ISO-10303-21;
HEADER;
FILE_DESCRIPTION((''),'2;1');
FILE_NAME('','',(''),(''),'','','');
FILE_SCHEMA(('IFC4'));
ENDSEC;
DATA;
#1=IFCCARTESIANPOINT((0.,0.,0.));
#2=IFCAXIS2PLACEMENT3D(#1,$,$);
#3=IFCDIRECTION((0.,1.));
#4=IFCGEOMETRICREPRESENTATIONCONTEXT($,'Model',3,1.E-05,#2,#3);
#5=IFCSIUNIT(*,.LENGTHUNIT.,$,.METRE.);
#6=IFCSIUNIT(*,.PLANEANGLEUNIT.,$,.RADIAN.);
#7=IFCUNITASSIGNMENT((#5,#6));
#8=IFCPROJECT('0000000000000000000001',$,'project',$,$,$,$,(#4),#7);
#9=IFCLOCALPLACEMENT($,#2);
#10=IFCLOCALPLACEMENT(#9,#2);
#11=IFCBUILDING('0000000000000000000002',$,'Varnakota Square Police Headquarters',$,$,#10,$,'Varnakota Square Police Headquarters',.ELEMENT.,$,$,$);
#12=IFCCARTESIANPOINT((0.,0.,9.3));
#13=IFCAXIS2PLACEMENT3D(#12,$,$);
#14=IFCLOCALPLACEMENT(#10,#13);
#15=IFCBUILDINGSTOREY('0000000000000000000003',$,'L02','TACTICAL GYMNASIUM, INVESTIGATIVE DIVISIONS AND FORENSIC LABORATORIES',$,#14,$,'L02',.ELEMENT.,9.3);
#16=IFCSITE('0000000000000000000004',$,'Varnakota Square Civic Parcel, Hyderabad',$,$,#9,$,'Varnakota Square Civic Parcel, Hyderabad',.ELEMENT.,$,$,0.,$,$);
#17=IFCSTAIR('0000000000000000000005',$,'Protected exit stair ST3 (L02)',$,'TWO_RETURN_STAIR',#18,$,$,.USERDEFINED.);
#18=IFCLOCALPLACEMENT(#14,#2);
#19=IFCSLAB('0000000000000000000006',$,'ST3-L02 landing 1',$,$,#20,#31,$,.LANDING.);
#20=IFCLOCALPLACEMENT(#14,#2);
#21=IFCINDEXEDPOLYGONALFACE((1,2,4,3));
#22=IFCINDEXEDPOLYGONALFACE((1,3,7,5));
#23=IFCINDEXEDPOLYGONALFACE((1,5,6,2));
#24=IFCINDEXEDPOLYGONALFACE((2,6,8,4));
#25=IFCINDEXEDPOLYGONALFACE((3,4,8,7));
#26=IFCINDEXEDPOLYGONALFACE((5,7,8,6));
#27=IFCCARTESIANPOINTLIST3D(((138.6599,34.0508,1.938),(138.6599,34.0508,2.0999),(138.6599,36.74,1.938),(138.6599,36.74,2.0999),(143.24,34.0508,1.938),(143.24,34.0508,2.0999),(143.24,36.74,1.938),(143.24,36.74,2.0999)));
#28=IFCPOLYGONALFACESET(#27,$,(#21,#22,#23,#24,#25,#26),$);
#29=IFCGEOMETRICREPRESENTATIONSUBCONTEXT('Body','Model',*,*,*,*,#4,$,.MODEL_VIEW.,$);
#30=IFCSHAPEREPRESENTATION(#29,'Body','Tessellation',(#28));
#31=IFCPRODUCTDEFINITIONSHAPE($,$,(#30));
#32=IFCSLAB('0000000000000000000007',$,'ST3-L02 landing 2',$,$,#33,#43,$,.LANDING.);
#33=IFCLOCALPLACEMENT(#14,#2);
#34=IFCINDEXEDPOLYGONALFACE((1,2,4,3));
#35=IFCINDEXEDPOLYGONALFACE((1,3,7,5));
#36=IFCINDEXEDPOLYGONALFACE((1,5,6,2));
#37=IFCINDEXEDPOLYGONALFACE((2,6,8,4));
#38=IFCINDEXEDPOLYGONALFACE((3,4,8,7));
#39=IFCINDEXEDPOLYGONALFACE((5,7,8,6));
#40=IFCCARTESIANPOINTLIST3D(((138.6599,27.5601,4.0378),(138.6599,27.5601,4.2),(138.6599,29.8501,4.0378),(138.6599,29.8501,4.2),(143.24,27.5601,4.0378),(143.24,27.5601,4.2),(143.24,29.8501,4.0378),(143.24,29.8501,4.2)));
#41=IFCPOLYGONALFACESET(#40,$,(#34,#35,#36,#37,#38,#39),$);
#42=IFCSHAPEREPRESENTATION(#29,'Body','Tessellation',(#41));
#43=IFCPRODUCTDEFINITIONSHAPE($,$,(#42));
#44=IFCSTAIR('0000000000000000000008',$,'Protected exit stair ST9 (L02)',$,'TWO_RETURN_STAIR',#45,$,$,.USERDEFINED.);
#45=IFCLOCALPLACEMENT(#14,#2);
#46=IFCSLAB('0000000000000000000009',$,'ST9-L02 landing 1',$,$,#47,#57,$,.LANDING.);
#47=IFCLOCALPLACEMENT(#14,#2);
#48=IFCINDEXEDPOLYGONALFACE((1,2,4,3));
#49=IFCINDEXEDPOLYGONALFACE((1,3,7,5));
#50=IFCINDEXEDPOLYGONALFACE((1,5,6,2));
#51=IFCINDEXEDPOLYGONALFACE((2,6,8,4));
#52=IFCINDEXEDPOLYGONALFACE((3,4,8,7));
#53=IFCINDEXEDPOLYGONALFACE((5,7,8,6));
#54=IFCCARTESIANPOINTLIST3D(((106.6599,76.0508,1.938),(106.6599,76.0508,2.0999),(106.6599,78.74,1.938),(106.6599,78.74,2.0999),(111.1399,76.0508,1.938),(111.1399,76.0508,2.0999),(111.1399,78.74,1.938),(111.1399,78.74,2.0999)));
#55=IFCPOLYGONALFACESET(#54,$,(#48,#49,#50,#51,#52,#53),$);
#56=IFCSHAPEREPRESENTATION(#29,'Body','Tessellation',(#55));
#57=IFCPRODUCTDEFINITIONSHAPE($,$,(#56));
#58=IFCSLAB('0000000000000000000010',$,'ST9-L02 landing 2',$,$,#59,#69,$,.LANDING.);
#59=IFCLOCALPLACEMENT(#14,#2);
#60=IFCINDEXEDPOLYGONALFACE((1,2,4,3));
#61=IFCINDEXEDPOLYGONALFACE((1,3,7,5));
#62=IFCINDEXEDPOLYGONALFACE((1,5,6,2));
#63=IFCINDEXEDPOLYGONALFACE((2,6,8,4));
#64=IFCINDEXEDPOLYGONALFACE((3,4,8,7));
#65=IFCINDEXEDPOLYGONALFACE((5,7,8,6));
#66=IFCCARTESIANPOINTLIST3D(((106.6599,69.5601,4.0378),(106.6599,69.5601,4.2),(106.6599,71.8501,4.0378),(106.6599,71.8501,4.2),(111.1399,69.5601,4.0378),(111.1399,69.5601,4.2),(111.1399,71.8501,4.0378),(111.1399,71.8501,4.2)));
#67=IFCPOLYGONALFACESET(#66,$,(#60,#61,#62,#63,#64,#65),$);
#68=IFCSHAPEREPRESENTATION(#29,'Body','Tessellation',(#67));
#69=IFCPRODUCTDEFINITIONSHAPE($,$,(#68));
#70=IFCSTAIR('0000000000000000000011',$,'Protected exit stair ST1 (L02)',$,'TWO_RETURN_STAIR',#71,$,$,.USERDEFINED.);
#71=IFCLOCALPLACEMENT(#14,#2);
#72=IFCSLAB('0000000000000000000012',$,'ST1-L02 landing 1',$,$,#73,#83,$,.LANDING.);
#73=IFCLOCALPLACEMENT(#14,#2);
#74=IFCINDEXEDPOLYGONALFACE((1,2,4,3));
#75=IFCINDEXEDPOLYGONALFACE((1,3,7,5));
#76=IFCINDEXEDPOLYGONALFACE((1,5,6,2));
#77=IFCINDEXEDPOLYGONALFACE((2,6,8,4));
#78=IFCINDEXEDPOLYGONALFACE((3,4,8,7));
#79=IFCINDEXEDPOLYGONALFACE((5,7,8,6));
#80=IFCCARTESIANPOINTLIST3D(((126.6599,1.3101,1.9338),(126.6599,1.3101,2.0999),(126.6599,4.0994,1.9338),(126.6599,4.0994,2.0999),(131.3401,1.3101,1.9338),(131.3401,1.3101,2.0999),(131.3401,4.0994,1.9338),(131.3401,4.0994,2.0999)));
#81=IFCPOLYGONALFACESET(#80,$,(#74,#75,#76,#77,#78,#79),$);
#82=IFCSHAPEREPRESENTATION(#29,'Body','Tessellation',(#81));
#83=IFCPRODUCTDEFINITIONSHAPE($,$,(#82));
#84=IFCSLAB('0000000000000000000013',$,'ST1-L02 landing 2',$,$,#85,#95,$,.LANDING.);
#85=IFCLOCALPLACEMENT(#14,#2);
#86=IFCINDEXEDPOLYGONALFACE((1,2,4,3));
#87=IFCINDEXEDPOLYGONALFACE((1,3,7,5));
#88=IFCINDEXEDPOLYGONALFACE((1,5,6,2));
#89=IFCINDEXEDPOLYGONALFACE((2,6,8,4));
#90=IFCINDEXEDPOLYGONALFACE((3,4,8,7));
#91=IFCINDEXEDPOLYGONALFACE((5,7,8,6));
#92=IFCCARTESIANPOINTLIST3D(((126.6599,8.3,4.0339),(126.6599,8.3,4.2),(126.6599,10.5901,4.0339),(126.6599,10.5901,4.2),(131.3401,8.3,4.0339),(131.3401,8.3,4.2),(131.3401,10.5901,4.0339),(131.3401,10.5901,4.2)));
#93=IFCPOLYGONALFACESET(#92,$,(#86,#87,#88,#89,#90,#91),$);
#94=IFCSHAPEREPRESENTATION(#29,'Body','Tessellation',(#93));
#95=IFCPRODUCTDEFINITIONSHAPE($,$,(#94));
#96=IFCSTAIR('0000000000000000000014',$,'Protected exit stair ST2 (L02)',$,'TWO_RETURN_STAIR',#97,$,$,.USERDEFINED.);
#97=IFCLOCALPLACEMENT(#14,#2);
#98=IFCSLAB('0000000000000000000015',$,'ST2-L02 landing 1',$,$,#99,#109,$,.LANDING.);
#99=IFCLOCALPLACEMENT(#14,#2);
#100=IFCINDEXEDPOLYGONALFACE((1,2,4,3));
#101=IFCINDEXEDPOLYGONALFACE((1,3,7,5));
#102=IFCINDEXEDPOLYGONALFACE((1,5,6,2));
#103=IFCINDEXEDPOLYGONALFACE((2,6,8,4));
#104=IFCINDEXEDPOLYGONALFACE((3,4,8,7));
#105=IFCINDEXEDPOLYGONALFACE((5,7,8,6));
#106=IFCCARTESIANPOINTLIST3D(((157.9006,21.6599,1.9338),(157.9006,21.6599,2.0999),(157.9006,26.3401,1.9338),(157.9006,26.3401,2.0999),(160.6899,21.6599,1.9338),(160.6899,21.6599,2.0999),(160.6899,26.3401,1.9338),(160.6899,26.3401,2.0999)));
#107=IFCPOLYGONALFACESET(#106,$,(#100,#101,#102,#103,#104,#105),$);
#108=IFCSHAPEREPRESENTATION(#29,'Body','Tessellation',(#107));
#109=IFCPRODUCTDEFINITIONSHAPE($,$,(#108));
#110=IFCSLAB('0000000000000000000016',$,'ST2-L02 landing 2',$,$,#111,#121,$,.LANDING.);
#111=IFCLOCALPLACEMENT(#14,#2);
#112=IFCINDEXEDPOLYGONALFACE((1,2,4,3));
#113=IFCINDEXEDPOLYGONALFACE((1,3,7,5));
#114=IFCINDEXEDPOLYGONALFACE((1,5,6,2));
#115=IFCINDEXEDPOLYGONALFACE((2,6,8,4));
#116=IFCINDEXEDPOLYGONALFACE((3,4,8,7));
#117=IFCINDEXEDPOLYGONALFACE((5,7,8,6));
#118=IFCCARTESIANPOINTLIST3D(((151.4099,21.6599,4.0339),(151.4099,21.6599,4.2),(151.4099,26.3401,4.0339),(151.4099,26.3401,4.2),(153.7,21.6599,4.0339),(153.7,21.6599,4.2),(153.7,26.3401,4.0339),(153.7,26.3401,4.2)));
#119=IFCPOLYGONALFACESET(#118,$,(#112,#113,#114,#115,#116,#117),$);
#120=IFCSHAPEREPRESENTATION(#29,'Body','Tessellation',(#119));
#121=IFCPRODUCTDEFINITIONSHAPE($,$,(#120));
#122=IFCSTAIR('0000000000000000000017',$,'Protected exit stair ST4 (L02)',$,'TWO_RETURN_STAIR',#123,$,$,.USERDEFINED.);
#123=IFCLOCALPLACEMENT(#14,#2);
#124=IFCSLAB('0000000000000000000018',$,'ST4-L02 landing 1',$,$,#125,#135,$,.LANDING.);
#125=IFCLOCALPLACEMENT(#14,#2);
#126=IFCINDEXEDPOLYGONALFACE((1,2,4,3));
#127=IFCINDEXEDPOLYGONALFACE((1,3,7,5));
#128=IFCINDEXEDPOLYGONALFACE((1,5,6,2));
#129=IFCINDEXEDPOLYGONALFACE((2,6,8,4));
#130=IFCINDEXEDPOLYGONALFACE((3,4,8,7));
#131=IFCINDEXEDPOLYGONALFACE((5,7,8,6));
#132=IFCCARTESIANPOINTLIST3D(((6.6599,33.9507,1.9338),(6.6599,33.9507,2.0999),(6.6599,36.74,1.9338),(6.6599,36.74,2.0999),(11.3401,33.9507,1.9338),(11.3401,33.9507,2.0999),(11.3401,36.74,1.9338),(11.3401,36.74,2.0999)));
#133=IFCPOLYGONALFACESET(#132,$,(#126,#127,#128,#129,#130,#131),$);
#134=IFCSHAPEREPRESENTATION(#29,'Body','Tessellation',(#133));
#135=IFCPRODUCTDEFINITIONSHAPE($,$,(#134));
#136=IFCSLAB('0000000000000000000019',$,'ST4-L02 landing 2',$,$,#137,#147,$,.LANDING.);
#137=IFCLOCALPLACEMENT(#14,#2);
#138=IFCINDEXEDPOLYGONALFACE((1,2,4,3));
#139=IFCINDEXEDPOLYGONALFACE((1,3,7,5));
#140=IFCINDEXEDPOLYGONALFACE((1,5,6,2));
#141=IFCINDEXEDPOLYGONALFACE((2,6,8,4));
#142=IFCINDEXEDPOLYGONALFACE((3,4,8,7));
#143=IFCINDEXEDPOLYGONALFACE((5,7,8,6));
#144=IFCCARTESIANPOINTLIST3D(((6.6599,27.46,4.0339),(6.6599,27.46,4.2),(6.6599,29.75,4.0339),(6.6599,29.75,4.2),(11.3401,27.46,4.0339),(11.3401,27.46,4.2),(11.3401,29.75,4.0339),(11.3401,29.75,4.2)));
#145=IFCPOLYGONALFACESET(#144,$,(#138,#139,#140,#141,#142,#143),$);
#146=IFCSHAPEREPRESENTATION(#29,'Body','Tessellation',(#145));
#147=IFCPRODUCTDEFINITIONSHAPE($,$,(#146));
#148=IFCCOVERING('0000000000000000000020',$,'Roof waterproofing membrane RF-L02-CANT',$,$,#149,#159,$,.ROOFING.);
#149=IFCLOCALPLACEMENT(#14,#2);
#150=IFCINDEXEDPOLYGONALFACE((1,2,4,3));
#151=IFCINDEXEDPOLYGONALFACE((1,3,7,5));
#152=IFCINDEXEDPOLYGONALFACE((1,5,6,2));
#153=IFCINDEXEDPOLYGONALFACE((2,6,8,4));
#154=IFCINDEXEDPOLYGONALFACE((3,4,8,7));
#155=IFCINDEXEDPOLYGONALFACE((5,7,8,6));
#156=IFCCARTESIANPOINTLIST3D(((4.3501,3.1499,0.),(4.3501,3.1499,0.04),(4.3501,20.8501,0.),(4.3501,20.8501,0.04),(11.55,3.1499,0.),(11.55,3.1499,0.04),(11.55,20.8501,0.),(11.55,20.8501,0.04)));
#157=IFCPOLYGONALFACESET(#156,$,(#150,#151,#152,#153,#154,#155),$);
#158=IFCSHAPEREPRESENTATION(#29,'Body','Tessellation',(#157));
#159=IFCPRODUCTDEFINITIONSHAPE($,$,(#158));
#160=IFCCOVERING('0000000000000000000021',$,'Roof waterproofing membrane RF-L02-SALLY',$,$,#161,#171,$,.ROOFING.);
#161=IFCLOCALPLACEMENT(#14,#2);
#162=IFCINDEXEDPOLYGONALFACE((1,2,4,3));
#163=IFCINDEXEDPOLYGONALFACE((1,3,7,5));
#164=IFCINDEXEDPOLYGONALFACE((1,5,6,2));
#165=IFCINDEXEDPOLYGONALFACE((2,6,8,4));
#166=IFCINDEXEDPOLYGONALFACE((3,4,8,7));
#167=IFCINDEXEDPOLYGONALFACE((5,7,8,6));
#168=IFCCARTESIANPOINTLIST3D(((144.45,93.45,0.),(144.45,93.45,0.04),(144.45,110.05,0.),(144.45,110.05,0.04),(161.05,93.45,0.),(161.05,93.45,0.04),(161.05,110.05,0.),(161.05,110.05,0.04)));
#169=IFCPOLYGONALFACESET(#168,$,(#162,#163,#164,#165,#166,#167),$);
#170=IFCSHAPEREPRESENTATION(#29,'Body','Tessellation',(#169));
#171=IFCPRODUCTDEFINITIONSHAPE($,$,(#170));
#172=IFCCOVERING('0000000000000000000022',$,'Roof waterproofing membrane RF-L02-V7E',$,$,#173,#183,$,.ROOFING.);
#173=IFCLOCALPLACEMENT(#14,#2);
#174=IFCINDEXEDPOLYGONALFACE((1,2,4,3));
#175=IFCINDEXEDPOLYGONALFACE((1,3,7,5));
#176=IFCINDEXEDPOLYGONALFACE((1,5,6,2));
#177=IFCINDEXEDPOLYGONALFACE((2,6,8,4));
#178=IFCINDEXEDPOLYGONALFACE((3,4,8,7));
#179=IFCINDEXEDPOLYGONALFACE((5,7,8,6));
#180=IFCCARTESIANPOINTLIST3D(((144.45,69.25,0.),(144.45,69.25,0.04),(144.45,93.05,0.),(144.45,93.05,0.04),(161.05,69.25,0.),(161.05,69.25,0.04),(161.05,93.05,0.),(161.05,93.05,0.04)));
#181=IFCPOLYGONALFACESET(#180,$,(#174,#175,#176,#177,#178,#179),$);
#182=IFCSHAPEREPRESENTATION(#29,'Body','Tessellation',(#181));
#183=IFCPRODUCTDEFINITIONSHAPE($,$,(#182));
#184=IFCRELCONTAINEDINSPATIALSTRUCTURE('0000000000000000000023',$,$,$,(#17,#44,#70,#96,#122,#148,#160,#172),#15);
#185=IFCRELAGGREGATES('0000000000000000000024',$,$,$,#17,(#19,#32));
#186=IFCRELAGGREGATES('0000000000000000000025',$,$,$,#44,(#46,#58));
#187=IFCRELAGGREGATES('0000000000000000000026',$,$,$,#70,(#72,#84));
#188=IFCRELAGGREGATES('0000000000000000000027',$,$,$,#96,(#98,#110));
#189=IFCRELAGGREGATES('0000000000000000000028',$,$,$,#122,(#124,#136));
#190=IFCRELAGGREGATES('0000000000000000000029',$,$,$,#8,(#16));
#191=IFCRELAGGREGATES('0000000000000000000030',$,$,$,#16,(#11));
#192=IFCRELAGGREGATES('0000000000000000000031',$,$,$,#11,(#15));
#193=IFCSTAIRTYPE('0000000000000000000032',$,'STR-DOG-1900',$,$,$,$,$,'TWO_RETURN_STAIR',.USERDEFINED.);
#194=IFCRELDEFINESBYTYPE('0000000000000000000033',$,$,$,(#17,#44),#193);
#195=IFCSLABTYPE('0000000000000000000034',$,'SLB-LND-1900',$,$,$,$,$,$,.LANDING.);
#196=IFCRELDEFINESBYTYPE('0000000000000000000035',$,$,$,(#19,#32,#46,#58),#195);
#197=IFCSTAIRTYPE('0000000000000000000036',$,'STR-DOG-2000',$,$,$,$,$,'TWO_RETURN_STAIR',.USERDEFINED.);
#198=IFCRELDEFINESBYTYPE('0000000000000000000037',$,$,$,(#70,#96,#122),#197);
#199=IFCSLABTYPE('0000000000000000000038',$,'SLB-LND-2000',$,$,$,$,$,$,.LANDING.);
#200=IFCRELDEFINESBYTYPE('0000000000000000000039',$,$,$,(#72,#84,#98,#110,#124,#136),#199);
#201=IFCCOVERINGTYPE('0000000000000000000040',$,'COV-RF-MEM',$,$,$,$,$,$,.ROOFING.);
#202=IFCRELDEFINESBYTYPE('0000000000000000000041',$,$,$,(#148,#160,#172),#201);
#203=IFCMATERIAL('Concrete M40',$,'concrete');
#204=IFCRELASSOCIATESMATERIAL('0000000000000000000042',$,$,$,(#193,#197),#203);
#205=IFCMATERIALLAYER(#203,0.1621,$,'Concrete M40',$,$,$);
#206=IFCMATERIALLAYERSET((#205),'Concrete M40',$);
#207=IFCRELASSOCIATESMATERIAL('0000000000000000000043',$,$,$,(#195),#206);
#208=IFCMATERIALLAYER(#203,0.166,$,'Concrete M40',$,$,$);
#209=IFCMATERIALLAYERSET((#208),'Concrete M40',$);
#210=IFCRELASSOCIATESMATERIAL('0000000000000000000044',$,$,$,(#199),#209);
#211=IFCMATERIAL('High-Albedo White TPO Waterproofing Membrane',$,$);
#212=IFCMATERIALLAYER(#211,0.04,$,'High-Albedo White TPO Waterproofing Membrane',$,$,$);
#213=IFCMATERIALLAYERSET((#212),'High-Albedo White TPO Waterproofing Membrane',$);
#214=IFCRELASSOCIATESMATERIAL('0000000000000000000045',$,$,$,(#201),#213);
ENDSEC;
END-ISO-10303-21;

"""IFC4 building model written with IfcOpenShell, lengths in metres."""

from ifc_helpers import new_model, si_unit, direction, frame, origin, place, context, subcontext, project, spatial, polyline, outline, extrude, material, layer, layer_set, type_object, element, aggregate, save


model = new_model("IFC4")

# Units and contexts
model_context = context("Model", 3, precision=1e-05, world=origin(), true_north=direction((0.0, 1.0)))
body_context = subcontext(model_context, "Body", "Model", "MODEL_VIEW")
ifc_project = project(units=[si_unit("LENGTHUNIT", "METRE"), si_unit("PLANEANGLEUNIT", "RADIAN")], contexts=[model_context])

# Site, building, storey
site_placement = place(None, origin())
site = spatial("IfcSite", under=ifc_project, at=site_placement, Name="Varnakota Square Civic Parcel, Hyderabad", LongName="Varnakota Square Civic Parcel, Hyderabad", CompositionType="ELEMENT", RefElevation=0.0)
building_placement = place(site_placement, origin())
building = spatial("IfcBuilding", under=site, at=building_placement, Name="Varnakota Square Police Headquarters", LongName="Varnakota Square Police Headquarters", CompositionType="ELEMENT")
storey_placement = place(building_placement, frame((0.0, 0.0, 9.3)))
storey = spatial("IfcBuildingStorey", under=building, at=storey_placement, Name="L02", Description="TACTICAL GYMNASIUM, INVESTIGATIVE DIVISIONS AND FORENSIC LABORATORIES", LongName="L02", CompositionType="ELEMENT", Elevation=9.3)

# Shared definitions
ifc_material_1 = material(Name="Concrete M40", Category="concrete")

# Stairs, slabs
stair_type_1 = type_object("IfcStairType", Name="STR-DOG-1900", ElementType="TWO_RETURN_STAIR", PredefinedType="USERDEFINED", material=ifc_material_1)
stair_1_placement = place(storey_placement, origin())
stair_1 = element("IfcStair", 1, at=stair_1_placement, inside=storey, type_object=stair_type_1, Name="Protected exit stair ST3 (L02)", ObjectType="TWO_RETURN_STAIR", PredefinedType="USERDEFINED")
ifc_layer_1 = layer(ifc_material_1, 0.1621, Name="Concrete M40")
ifc_layer_set_1 = layer_set([ifc_layer_1], Name="Concrete M40")
slab_type_1 = type_object("IfcSlabType", Name="SLB-LND-1900", PredefinedType="LANDING", material=ifc_layer_set_1)
slab_1_placement = place(storey_placement, frame((0.0, 0.0, 1.938)))
slab_1 = element("IfcSlab", 2, at=slab_1_placement, type_object=slab_type_1, Name="ST3-L02 landing 1", PredefinedType="LANDING", context=body_context, shape_type="SweptSolid", body=[
    extrude(outline(polyline([(138.6599, 34.0508), (143.24, 34.0508), (143.24, 36.74), (138.6599, 36.74), (138.6599, 34.0508)])), origin(), (0.0, 0.0, 1.0), 0.1619),
])
slab_2_placement = place(storey_placement, frame((0.0, 0.0, 4.0378)))
slab_2 = element("IfcSlab", 3, at=slab_2_placement, type_object=slab_type_1, Name="ST3-L02 landing 2", PredefinedType="LANDING", context=body_context, shape_type="SweptSolid", body=[
    extrude(outline(polyline([(138.6599, 27.5601), (143.24, 27.5601), (143.24, 29.8501), (138.6599, 29.8501), (138.6599, 27.5601)])), origin(), (0.0, 0.0, 1.0), 0.1621),
])
aggregate(stair_1, [slab_1, slab_2])
stair_2_placement = place(storey_placement, origin())
stair_2 = element("IfcStair", 4, at=stair_2_placement, inside=storey, type_object=stair_type_1, Name="Protected exit stair ST9 (L02)", ObjectType="TWO_RETURN_STAIR", PredefinedType="USERDEFINED")
slab_3_placement = place(storey_placement, frame((0.0, 0.0, 1.938)))
slab_3 = element("IfcSlab", 5, at=slab_3_placement, type_object=slab_type_1, Name="ST9-L02 landing 1", PredefinedType="LANDING", context=body_context, shape_type="SweptSolid", body=[
    extrude(outline(polyline([(106.6599, 76.0508), (111.1399, 76.0508), (111.1399, 78.74), (106.6599, 78.74), (106.6599, 76.0508)])), origin(), (0.0, 0.0, 1.0), 0.1619),
])
slab_4_placement = place(storey_placement, frame((0.0, 0.0, 4.0378)))
slab_4 = element("IfcSlab", 6, at=slab_4_placement, type_object=slab_type_1, Name="ST9-L02 landing 2", PredefinedType="LANDING", context=body_context, shape_type="SweptSolid", body=[
    extrude(outline(polyline([(106.6599, 69.5601), (111.1399, 69.5601), (111.1399, 71.8501), (106.6599, 71.8501), (106.6599, 69.5601)])), origin(), (0.0, 0.0, 1.0), 0.1621),
])
aggregate(stair_2, [slab_3, slab_4])
stair_type_2 = type_object("IfcStairType", Name="STR-DOG-2000", ElementType="TWO_RETURN_STAIR", PredefinedType="USERDEFINED", material=ifc_material_1)
stair_3_placement = place(storey_placement, origin())
stair_3 = element("IfcStair", 7, at=stair_3_placement, inside=storey, type_object=stair_type_2, Name="Protected exit stair ST1 (L02)", ObjectType="TWO_RETURN_STAIR", PredefinedType="USERDEFINED")
ifc_layer_2 = layer(ifc_material_1, 0.166, Name="Concrete M40")
ifc_layer_set_2 = layer_set([ifc_layer_2], Name="Concrete M40")
slab_type_2 = type_object("IfcSlabType", Name="SLB-LND-2000", PredefinedType="LANDING", material=ifc_layer_set_2)
slab_5_placement = place(storey_placement, frame((0.0, 0.0, 1.9338)))
slab_5 = element("IfcSlab", 8, at=slab_5_placement, type_object=slab_type_2, Name="ST1-L02 landing 1", PredefinedType="LANDING", context=body_context, shape_type="SweptSolid", body=[
    extrude(outline(polyline([(126.6599, 1.3101), (131.3401, 1.3101), (131.3401, 4.0994), (126.6599, 4.0994), (126.6599, 1.3101)])), origin(), (0.0, 0.0, 1.0), 0.166),
])
slab_6_placement = place(storey_placement, frame((0.0, 0.0, 4.0339)))
slab_6 = element("IfcSlab", 9, at=slab_6_placement, type_object=slab_type_2, Name="ST1-L02 landing 2", PredefinedType="LANDING", context=body_context, shape_type="SweptSolid", body=[
    extrude(outline(polyline([(126.6599, 8.3), (131.3401, 8.3), (131.3401, 10.5901), (126.6599, 10.5901), (126.6599, 8.3)])), origin(), (0.0, 0.0, 1.0), 0.166),
])
aggregate(stair_3, [slab_5, slab_6])
stair_4_placement = place(storey_placement, origin())
stair_4 = element("IfcStair", 10, at=stair_4_placement, inside=storey, type_object=stair_type_2, Name="Protected exit stair ST2 (L02)", ObjectType="TWO_RETURN_STAIR", PredefinedType="USERDEFINED")
slab_7_placement = place(storey_placement, frame((0.0, 0.0, 1.9338)))
slab_7 = element("IfcSlab", 11, at=slab_7_placement, type_object=slab_type_2, Name="ST2-L02 landing 1", PredefinedType="LANDING", context=body_context, shape_type="SweptSolid", body=[
    extrude(outline(polyline([(157.9006, 21.6599), (160.6899, 21.6599), (160.6899, 26.3401), (157.9006, 26.3401), (157.9006, 21.6599)])), origin(), (0.0, 0.0, 1.0), 0.166),
])
slab_8_placement = place(storey_placement, frame((0.0, 0.0, 4.0339)))
slab_8 = element("IfcSlab", 12, at=slab_8_placement, type_object=slab_type_2, Name="ST2-L02 landing 2", PredefinedType="LANDING", context=body_context, shape_type="SweptSolid", body=[
    extrude(outline(polyline([(151.4099, 21.6599), (153.7, 21.6599), (153.7, 26.3401), (151.4099, 26.3401), (151.4099, 21.6599)])), origin(), (0.0, 0.0, 1.0), 0.166),
])
aggregate(stair_4, [slab_7, slab_8])
stair_5_placement = place(storey_placement, origin())
stair_5 = element("IfcStair", 13, at=stair_5_placement, inside=storey, type_object=stair_type_2, Name="Protected exit stair ST4 (L02)", ObjectType="TWO_RETURN_STAIR", PredefinedType="USERDEFINED")
slab_9_placement = place(storey_placement, frame((0.0, 0.0, 1.9338)))
slab_9 = element("IfcSlab", 14, at=slab_9_placement, type_object=slab_type_2, Name="ST4-L02 landing 1", PredefinedType="LANDING", context=body_context, shape_type="SweptSolid", body=[
    extrude(outline(polyline([(6.6599, 33.9507), (11.3401, 33.9507), (11.3401, 36.74), (6.6599, 36.74), (6.6599, 33.9507)])), origin(), (0.0, 0.0, 1.0), 0.166),
])
slab_10_placement = place(storey_placement, frame((0.0, 0.0, 4.0339)))
slab_10 = element("IfcSlab", 15, at=slab_10_placement, type_object=slab_type_2, Name="ST4-L02 landing 2", PredefinedType="LANDING", context=body_context, shape_type="SweptSolid", body=[
    extrude(outline(polyline([(6.6599, 27.46), (11.3401, 27.46), (11.3401, 29.75), (6.6599, 29.75), (6.6599, 27.46)])), origin(), (0.0, 0.0, 1.0), 0.166),
])
aggregate(stair_5, [slab_9, slab_10])

# Coverings
ifc_material_2 = material(Name="High-Albedo White TPO Waterproofing Membrane")
ifc_layer_3 = layer(ifc_material_2, 0.04, Name="High-Albedo White TPO Waterproofing Membrane")
ifc_layer_set_3 = layer_set([ifc_layer_3], Name="High-Albedo White TPO Waterproofing Membrane")
covering_type = type_object("IfcCoveringType", Name="COV-RF-MEM", PredefinedType="ROOFING", material=ifc_layer_set_3)
covering_1_placement = place(storey_placement, origin())
element("IfcCovering", 16, at=covering_1_placement, inside=storey, type_object=covering_type, Name="Roof waterproofing membrane RF-L02-CANT", PredefinedType="ROOFING", context=body_context, shape_type="SweptSolid", body=[
    extrude(outline(polyline([(4.3501, 3.1499), (11.55, 3.1499), (11.55, 20.8501), (4.3501, 20.8501), (4.3501, 3.1499)])), origin(), (0.0, 0.0, 1.0), 0.04),
])
covering_2_placement = place(storey_placement, origin())
element("IfcCovering", 17, at=covering_2_placement, inside=storey, type_object=covering_type, Name="Roof waterproofing membrane RF-L02-SALLY", PredefinedType="ROOFING", context=body_context, shape_type="SweptSolid", body=[
    extrude(outline(polyline([(144.45, 93.45), (161.05, 93.45), (161.05, 110.05), (144.45, 110.05), (144.45, 93.45)])), origin(), (0.0, 0.0, 1.0), 0.04),
])
covering_3_placement = place(storey_placement, origin())
element("IfcCovering", 18, at=covering_3_placement, inside=storey, type_object=covering_type, Name="Roof waterproofing membrane RF-L02-V7E", PredefinedType="ROOFING", context=body_context, shape_type="SweptSolid", body=[
    extrude(outline(polyline([(144.45, 69.25), (161.05, 69.25), (161.05, 93.05), (144.45, 93.05), (144.45, 69.25)])), origin(), (0.0, 0.0, 1.0), 0.04),
])

save(model, "model.ifc")
